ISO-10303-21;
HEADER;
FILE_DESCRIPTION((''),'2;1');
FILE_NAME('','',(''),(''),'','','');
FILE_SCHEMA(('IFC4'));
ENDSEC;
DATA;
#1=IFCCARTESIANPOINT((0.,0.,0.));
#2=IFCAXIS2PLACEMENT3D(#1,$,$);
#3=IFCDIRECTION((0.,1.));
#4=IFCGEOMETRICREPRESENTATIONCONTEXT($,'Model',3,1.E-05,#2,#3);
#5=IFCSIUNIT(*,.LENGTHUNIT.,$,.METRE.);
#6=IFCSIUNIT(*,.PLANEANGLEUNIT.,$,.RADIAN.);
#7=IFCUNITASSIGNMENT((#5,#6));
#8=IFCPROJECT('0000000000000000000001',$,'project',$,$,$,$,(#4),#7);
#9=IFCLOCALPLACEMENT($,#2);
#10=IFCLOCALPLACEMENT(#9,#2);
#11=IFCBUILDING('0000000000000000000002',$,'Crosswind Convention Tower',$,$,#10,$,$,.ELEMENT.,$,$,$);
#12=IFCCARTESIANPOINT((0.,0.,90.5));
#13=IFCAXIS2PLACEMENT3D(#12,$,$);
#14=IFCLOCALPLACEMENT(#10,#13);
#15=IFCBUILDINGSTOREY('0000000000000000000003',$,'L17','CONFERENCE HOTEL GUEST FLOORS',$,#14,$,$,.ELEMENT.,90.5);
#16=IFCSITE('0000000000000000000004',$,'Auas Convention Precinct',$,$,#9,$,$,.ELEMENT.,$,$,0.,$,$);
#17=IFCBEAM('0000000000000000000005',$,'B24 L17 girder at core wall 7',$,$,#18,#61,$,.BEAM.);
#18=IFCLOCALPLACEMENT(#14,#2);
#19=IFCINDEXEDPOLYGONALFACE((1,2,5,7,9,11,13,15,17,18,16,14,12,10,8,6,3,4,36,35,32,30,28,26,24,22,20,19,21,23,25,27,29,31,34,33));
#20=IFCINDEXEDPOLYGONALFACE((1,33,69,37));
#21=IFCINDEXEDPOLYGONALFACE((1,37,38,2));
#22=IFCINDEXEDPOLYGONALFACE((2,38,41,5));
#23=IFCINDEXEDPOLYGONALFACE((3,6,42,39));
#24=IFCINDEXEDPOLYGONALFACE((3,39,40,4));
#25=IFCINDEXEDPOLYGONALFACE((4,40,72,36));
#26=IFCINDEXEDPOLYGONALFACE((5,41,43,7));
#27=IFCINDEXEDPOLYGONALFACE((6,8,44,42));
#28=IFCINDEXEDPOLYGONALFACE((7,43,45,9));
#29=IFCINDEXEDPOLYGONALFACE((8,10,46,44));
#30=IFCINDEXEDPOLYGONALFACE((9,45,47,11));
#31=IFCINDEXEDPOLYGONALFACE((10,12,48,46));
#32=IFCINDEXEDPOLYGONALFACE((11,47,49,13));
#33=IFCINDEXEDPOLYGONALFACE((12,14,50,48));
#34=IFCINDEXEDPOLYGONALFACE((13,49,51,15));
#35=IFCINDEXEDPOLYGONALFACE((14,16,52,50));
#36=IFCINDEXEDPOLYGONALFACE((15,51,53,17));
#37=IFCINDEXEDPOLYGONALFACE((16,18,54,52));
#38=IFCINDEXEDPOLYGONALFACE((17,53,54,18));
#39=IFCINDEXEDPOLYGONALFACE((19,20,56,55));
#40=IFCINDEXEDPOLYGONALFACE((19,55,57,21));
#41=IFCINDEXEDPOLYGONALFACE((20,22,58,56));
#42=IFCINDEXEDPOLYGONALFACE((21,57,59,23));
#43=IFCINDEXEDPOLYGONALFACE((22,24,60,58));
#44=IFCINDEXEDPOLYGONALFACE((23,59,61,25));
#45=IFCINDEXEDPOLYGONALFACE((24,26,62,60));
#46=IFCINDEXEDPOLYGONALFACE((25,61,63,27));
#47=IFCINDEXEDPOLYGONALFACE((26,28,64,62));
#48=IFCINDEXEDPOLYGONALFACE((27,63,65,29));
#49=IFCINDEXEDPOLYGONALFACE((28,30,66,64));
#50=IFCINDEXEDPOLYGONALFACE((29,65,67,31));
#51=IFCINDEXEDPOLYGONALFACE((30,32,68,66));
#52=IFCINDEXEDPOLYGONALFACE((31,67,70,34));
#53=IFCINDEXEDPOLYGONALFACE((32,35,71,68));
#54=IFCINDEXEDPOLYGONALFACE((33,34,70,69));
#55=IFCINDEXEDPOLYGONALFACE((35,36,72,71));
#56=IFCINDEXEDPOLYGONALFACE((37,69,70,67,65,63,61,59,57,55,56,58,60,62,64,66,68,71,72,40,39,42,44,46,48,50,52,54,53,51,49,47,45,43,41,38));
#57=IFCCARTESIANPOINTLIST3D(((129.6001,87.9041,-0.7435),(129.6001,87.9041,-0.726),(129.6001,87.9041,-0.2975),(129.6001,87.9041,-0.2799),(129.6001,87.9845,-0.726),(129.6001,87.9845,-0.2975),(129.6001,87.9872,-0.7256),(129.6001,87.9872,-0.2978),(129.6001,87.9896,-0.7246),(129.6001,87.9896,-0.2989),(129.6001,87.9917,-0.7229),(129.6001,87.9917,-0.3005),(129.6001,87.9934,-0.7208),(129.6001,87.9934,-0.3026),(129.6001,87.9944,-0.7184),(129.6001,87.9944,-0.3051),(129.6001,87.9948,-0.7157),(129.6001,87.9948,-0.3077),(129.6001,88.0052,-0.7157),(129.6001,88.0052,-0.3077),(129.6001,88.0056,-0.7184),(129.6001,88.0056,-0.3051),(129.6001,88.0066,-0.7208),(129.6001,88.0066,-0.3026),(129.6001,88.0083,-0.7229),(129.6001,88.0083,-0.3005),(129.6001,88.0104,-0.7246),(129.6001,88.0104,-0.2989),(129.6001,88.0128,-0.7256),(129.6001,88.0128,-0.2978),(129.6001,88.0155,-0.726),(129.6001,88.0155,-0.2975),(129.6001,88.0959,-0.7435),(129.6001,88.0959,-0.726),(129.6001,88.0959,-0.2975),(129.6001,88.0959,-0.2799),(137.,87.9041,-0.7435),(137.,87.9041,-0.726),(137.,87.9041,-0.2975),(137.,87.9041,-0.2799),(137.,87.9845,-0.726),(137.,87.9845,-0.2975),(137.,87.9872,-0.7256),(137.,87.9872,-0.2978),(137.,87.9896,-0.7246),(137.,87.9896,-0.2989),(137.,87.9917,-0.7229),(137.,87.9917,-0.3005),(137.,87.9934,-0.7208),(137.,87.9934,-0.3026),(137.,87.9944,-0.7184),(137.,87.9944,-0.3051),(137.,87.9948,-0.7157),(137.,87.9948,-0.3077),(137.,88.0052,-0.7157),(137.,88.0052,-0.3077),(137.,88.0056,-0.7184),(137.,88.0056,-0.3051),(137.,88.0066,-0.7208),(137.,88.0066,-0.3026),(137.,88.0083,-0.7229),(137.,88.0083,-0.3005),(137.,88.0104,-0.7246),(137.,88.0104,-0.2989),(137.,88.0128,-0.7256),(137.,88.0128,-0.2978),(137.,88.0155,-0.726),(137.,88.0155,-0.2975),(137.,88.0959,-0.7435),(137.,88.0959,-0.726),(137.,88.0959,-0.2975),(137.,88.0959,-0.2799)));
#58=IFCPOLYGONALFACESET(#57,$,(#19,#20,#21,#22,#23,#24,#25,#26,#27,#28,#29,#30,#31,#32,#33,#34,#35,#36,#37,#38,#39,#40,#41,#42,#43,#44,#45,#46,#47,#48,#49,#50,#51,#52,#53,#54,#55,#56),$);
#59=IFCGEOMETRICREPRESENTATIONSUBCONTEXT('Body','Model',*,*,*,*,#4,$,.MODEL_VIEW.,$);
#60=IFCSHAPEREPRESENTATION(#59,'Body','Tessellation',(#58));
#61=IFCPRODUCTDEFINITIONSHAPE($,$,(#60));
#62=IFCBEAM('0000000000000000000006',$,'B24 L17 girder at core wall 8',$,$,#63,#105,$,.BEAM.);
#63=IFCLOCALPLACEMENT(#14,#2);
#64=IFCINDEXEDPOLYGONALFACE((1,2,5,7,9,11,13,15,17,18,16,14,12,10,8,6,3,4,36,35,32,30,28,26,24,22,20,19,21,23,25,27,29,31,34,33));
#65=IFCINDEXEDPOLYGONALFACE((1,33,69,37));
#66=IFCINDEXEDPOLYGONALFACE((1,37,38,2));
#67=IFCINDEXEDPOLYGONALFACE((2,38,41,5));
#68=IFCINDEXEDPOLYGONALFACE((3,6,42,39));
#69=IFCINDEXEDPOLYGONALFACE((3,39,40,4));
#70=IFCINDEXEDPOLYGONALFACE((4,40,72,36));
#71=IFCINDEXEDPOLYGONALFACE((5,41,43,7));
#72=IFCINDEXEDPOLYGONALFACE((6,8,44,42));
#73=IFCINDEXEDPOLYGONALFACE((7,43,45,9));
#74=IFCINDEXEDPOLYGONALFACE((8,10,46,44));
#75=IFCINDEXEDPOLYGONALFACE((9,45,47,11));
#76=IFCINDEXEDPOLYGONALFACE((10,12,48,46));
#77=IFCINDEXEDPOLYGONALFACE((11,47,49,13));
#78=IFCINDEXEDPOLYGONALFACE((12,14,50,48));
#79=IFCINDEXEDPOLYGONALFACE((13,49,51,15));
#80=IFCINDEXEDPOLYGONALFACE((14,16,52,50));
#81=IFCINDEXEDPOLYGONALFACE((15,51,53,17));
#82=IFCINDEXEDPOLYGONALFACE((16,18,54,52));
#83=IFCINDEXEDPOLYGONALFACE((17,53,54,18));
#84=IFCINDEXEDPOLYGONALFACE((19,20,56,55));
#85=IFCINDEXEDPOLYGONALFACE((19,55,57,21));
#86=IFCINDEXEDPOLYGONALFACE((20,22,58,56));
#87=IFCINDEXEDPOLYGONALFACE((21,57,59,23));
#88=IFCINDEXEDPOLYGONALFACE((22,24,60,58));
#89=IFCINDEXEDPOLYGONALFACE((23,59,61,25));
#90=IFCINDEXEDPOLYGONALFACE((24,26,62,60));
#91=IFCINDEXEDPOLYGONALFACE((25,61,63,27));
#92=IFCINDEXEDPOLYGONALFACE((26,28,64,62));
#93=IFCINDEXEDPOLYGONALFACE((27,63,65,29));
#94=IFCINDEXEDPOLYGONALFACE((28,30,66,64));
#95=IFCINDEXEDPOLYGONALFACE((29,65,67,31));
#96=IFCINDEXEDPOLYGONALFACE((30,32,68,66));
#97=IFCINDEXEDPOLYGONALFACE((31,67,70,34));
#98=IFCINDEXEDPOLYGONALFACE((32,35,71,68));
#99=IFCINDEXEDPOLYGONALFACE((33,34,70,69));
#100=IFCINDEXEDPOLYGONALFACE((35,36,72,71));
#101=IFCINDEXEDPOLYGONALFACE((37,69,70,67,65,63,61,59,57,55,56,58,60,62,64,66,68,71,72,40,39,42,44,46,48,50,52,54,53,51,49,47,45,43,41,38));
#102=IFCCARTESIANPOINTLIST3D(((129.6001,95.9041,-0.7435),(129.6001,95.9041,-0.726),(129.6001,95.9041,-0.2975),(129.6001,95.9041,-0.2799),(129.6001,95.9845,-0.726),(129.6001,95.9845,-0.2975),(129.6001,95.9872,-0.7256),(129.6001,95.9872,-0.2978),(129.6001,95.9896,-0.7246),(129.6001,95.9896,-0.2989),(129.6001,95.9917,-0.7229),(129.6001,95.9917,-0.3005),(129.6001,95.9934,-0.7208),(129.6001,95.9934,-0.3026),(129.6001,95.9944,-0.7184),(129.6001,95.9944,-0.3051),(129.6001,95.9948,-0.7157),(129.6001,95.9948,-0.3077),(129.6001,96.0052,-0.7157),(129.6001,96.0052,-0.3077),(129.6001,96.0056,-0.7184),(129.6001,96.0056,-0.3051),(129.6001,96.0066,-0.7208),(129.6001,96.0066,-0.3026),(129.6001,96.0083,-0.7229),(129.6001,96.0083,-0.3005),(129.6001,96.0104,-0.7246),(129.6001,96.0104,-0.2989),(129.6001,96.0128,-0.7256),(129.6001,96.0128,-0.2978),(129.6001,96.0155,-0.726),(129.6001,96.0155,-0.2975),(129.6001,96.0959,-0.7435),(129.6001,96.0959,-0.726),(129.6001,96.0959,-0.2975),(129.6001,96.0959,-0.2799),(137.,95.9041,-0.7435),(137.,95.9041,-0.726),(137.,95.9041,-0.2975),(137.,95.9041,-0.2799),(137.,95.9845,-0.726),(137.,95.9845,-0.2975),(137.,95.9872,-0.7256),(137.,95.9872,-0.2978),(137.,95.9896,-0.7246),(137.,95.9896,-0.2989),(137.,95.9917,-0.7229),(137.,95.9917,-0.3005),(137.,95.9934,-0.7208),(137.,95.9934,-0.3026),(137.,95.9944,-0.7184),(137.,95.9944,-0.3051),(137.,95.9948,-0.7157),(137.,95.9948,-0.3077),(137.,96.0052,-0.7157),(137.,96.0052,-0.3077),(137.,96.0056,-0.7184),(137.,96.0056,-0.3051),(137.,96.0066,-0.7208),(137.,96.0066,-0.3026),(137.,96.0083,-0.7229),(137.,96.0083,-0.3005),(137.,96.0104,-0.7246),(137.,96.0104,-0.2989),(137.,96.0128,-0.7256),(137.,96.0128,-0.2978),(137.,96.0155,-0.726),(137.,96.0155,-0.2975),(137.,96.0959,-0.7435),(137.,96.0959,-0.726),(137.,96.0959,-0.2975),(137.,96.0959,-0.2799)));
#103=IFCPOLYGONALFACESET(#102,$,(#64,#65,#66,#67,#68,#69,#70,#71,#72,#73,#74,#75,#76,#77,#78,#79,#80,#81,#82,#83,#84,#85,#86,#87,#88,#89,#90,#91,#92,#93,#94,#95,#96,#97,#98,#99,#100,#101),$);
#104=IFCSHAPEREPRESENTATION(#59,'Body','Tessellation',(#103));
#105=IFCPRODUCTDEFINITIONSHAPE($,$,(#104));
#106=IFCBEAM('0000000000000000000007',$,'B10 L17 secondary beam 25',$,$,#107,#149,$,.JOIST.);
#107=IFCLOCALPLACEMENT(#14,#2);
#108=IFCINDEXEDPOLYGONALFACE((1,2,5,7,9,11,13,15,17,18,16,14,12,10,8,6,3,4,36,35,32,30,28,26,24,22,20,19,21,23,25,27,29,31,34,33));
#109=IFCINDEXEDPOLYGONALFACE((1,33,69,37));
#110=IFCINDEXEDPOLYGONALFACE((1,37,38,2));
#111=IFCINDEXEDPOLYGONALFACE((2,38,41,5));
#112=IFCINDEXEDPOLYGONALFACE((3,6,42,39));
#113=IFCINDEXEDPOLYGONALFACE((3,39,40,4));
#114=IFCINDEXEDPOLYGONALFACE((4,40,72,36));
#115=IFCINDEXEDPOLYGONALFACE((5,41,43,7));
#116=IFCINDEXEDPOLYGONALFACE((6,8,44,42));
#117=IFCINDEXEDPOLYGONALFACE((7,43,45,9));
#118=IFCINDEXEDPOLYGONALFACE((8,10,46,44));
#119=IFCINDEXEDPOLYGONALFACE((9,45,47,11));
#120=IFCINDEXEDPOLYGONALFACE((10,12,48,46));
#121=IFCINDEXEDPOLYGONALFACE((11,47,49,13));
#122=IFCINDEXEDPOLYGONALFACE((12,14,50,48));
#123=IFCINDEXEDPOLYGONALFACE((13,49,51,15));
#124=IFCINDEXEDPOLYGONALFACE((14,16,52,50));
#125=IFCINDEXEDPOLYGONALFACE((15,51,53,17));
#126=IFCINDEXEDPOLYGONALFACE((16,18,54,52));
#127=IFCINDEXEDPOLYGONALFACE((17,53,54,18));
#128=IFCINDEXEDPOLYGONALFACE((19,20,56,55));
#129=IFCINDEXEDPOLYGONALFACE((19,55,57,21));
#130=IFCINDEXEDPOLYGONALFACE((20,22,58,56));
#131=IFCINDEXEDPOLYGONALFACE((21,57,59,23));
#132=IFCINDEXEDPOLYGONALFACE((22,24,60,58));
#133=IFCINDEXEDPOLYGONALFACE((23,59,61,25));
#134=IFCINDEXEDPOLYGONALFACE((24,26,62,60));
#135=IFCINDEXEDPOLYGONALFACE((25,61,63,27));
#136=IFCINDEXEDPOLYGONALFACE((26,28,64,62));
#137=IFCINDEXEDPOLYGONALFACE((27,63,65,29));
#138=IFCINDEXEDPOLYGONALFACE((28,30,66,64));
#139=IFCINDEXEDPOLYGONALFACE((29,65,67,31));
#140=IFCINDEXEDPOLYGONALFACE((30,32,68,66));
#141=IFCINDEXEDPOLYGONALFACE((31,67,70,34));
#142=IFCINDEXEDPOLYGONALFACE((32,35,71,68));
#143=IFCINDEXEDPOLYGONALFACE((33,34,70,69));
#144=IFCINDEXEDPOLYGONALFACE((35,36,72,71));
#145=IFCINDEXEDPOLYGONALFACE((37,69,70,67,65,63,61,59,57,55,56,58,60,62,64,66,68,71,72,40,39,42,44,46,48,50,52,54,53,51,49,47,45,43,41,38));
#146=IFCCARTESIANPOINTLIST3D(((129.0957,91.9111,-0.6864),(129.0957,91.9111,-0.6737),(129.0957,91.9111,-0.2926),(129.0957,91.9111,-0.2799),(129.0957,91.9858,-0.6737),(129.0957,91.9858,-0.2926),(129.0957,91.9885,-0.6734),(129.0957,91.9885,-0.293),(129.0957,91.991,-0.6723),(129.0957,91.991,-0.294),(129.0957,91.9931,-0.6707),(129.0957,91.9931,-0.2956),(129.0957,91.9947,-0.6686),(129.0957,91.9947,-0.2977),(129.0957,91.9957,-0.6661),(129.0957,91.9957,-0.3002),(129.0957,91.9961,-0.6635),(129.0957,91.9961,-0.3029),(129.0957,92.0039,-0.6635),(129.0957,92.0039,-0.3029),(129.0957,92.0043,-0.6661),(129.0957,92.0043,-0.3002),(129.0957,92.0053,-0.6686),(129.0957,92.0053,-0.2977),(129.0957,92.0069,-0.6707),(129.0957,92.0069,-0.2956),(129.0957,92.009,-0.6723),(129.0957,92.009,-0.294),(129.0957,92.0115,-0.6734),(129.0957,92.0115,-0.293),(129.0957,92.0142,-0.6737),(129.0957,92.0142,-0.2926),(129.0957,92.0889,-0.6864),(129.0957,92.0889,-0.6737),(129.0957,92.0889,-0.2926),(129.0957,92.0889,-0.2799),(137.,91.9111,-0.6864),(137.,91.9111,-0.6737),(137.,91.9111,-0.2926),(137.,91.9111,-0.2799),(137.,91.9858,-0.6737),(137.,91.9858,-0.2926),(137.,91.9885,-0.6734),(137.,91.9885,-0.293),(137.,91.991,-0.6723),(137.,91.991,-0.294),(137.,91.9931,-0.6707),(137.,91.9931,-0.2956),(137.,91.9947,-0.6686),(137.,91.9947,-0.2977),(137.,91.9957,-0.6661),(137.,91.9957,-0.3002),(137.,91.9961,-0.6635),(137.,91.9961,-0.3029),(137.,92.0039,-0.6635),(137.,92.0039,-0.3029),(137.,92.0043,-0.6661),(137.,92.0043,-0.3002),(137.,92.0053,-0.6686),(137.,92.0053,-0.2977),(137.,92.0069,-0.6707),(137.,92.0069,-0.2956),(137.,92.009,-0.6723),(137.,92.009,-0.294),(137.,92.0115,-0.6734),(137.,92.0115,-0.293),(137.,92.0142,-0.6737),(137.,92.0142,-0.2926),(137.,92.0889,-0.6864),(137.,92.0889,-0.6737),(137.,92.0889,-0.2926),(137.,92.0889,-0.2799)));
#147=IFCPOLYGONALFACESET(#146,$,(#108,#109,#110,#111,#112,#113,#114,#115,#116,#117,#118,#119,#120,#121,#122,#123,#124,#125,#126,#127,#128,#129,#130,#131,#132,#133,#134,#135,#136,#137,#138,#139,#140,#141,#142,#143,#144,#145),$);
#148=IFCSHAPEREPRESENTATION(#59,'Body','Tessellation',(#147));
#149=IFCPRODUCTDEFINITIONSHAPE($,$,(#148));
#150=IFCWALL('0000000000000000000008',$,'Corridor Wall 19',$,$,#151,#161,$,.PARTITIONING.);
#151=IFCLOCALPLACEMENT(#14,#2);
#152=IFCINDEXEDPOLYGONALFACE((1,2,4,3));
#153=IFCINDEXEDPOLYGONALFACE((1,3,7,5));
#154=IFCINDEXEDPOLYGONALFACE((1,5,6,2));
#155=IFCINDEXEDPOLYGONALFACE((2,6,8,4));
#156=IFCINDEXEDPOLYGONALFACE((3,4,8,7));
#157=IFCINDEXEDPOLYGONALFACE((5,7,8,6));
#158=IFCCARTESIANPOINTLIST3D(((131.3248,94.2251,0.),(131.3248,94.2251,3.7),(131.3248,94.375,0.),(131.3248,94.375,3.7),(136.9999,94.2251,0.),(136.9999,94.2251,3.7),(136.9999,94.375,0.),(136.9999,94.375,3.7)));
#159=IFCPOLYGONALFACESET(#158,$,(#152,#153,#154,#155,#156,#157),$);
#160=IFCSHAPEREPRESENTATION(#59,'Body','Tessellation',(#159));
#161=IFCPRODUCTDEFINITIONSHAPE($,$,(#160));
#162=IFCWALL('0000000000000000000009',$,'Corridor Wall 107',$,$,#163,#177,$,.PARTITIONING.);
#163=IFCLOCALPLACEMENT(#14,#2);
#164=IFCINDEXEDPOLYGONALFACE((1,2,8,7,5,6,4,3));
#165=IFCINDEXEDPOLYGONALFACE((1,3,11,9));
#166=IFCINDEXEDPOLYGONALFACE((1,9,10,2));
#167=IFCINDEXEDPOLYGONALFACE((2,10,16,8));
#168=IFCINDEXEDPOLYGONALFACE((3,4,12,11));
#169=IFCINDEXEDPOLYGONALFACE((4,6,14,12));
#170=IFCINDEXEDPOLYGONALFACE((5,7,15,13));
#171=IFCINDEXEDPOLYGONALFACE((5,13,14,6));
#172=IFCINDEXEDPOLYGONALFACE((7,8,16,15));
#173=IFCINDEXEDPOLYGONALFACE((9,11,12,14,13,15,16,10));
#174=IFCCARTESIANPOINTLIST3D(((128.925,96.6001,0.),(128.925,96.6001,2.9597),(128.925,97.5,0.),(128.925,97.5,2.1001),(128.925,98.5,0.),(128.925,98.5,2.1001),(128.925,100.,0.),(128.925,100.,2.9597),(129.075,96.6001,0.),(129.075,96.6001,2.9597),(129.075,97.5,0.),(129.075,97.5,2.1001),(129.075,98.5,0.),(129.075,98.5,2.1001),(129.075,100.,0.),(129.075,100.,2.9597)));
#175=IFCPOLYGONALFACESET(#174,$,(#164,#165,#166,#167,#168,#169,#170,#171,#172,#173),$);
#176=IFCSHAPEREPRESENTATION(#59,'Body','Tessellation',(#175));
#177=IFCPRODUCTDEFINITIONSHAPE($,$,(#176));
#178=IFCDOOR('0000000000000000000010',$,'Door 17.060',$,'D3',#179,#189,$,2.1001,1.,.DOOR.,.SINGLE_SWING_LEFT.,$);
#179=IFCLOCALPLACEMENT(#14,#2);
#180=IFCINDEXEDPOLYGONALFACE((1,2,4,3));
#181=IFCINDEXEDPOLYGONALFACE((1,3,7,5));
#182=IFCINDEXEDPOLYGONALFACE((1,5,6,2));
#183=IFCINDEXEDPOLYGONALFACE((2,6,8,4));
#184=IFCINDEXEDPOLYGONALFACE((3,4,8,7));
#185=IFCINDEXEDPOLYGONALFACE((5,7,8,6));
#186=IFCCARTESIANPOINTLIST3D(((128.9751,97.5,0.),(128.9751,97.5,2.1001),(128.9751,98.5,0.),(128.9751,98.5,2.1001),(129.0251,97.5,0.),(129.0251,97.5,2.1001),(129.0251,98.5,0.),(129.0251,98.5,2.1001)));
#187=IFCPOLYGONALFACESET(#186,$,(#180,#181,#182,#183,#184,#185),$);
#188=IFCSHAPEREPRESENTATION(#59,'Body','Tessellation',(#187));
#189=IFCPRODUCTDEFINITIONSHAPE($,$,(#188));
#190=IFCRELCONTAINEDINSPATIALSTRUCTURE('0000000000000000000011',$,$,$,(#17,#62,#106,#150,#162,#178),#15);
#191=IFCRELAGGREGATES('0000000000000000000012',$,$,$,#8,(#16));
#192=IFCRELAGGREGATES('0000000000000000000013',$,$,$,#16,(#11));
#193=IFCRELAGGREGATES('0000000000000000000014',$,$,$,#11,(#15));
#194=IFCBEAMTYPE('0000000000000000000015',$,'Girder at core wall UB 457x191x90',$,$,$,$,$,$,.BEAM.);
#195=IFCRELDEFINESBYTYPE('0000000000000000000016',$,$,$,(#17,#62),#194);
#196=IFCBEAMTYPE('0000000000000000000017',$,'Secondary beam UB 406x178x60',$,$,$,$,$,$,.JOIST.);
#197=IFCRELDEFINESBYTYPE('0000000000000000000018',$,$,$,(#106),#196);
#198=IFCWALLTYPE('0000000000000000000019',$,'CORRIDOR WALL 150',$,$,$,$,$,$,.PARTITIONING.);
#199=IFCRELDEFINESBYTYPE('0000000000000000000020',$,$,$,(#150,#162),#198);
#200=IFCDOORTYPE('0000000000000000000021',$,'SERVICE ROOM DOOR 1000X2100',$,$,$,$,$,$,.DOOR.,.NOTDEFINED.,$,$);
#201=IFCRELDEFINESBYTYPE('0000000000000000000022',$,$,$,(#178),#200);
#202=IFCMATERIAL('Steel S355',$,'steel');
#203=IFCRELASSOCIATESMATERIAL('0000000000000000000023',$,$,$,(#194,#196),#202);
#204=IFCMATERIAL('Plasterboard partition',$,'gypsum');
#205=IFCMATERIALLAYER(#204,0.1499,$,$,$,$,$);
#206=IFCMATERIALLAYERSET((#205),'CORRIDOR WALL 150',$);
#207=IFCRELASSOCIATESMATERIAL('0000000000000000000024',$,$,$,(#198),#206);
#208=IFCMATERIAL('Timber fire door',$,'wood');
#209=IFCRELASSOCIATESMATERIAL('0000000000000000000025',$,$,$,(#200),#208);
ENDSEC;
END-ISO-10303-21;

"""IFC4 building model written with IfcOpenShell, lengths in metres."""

from ifc_helpers import new_model, si_unit, direction, frame, frame_2d, origin, origin_2d, place, context, subcontext, project, spatial, rectangle, i_section, extrude, material, layer, layer_set, material_profile, profile_set, type_object, element, fill, save


model = new_model("IFC4")

# Units and contexts
model_context = context("Model", 3, precision=1e-05, world=origin(), true_north=direction((0.0, 1.0)))
body_context = subcontext(model_context, "Body", "Model", "MODEL_VIEW")
ifc_project = project(units=[si_unit("LENGTHUNIT", "METRE"), si_unit("PLANEANGLEUNIT", "RADIAN")], contexts=[model_context])

# Site, building, storey
site_placement = place(None, origin())
site = spatial("IfcSite", under=ifc_project, at=site_placement, Name="Auas Convention Precinct", CompositionType="ELEMENT", RefElevation=0.0)
building_placement = place(site_placement, origin())
building = spatial("IfcBuilding", under=site, at=building_placement, Name="Crosswind Convention Tower", CompositionType="ELEMENT")
storey_placement = place(building_placement, frame((0.0, 0.0, 90.5)))
storey = spatial("IfcBuildingStorey", under=building, at=storey_placement, Name="L17", Description="CONFERENCE HOTEL GUEST FLOORS", CompositionType="ELEMENT", Elevation=90.5)

# Beams
ifc_material_1 = material(Name="Steel S355", Category="steel")
ifc_material_profile_1 = material_profile(ifc_material_1, i_section(OverallWidth=0.1919, OverallDepth=0.4636, WebThickness=0.0105, FlangeThickness=0.0176, FilletRadius=0.0103, at=origin_2d()), Name="UB 457x191x90")
ifc_profile_set_1 = profile_set([ifc_material_profile_1], Name="Steel S355")
beam_type_1 = type_object("IfcBeamType", Name="Girder at core wall UB 457x191x90", PredefinedType="BEAM", material=ifc_profile_set_1)
for number, where, z_axis, x_axis, name in (
    (1, (129.6001, 88.0, -0.5117), (1.0, 0.0, 0.0), (0.0, 1.0, 0.0), "B24 L17 girder at core wall 7"),
    (2, (129.6001, 96.0, -0.5117), (1.0, 0.0, 0.0), (0.0, 1.0, 0.0), "B24 L17 girder at core wall 8"),
):
    element("IfcBeam", number, at=place(storey_placement, frame(where, z_axis=z_axis, x_axis=x_axis)), inside=storey, type_object=beam_type_1, Name=name, PredefinedType="BEAM", context=body_context, shape_type="SweptSolid", body=[
        extrude(i_section(OverallWidth=0.1919, OverallDepth=0.4636, WebThickness=0.0105, FlangeThickness=0.0176, FilletRadius=0.0103, at=origin_2d()), origin(), (0.0, 0.0, 1.0), 7.3999),
    ])
ifc_material_profile_2 = material_profile(ifc_material_1, i_section(OverallWidth=0.1777, OverallDepth=0.4065, WebThickness=0.0078, FlangeThickness=0.0127, FilletRadius=0.0103, at=origin_2d()), Name="UB 406x178x60")
ifc_profile_set_2 = profile_set([ifc_material_profile_2], Name="Steel S355")
beam_type_2 = type_object("IfcBeamType", Name="Secondary beam UB 406x178x60", PredefinedType="JOIST", material=ifc_profile_set_2)
beam_placement = place(storey_placement, frame((129.0957, 92.0, -0.4832), z_axis=(1.0, 0.0, 0.0), x_axis=(0.0, 1.0, 0.0)))
element("IfcBeam", 3, at=beam_placement, inside=storey, type_object=beam_type_2, Name="B10 L17 secondary beam 25", PredefinedType="JOIST", context=body_context, shape_type="SweptSolid", body=[
    extrude(i_section(OverallWidth=0.1777, OverallDepth=0.4065, WebThickness=0.0078, FlangeThickness=0.0127, FilletRadius=0.0103, at=origin_2d()), origin(), (0.0, 0.0, 1.0), 7.9043),
])

# Wall
ifc_material_2 = material(Name="Plasterboard partition", Category="gypsum")
ifc_layer_1 = layer(ifc_material_2, 0.1499)
ifc_layer_set_1 = layer_set([ifc_layer_1], Name="CORRIDOR WALL 150")
wall_type_1 = type_object("IfcWallType", Name="CORRIDOR WALL 150", PredefinedType="PARTITIONING", material=ifc_layer_set_1)
wall_1_placement = place(storey_placement, frame((131.325, 94.3, 0.0), z_axis=(0.0, 0.0, 1.0), x_axis=(1.0, 0.0, 0.0)))
element("IfcWall", 4, at=wall_1_placement, inside=storey, type_object=wall_type_1, Name="Corridor Wall 19", PredefinedType="PARTITIONING", context=body_context, shape_type="SweptSolid", body=[
    extrude(rectangle(XDim=5.675, YDim=0.1499, at=frame_2d((2.8374, 0.0))), origin(), (0.0, 0.0, 1.0), 3.7),
])

# Wall, opening, door
wall_2_placement = place(storey_placement, frame((129.0, 96.6001, 0.0), z_axis=(0.0, 0.0, 1.0), x_axis=(0.0, 1.0, 0.0)))
wall_2 = element("IfcWall", 5, at=wall_2_placement, inside=storey, type_object=wall_type_1, Name="Corridor Wall 107", PredefinedType="PARTITIONING", context=body_context, shape_type="SweptSolid", body=[
    extrude(rectangle(XDim=3.3999, YDim=0.1499, at=frame_2d((1.7, 0.0))), origin(), (0.0, 0.0, 1.0), 2.9597),
])
opening_1_placement = place(wall_2_placement, frame((0.8999, 0.0, 0.0)))
opening_1 = element("IfcOpeningElement", 6, at=opening_1_placement, cuts=wall_2, PredefinedType="OPENING", context=body_context, shape_type="SweptSolid", body=[
    extrude(rectangle(XDim=1.0, YDim=2.1001, at=frame_2d((0.5, 1.05))), frame((0.0, 0.085, 0.0), z_axis=(0.0, -1.0, 0.0), x_axis=(1.0, 0.0, 0.0)), (0.0, 0.0, 1.0), 0.1699),
])
ifc_material_3 = material(Name="Timber fire door", Category="wood")
door_type_1 = type_object("IfcDoorType", Name="SERVICE ROOM DOOR 1000X2100", OperationType="NOTDEFINED", PredefinedType="DOOR", material=ifc_material_3)
door_1_placement = place(opening_1_placement, origin())
door_1 = element("IfcDoor", 7, at=door_1_placement, inside=storey, type_object=door_type_1, Name="Door 17.060", ObjectType="D3", OperationType="SINGLE_SWING_LEFT", OverallHeight=2.1001, OverallWidth=1.0, PredefinedType="DOOR", context=body_context, shape_type="SweptSolid", body=[
    extrude(rectangle(XDim=1.0, YDim=2.1001, at=frame_2d((0.5, 1.05))), frame((0.0, 0.0249, 0.0), z_axis=(0.0, -1.0, 0.0), x_axis=(1.0, 0.0, 0.0)), (0.0, 0.0, 1.0), 0.05),
])
fill(opening_1, door_1)

save(model, "model.ifc")
